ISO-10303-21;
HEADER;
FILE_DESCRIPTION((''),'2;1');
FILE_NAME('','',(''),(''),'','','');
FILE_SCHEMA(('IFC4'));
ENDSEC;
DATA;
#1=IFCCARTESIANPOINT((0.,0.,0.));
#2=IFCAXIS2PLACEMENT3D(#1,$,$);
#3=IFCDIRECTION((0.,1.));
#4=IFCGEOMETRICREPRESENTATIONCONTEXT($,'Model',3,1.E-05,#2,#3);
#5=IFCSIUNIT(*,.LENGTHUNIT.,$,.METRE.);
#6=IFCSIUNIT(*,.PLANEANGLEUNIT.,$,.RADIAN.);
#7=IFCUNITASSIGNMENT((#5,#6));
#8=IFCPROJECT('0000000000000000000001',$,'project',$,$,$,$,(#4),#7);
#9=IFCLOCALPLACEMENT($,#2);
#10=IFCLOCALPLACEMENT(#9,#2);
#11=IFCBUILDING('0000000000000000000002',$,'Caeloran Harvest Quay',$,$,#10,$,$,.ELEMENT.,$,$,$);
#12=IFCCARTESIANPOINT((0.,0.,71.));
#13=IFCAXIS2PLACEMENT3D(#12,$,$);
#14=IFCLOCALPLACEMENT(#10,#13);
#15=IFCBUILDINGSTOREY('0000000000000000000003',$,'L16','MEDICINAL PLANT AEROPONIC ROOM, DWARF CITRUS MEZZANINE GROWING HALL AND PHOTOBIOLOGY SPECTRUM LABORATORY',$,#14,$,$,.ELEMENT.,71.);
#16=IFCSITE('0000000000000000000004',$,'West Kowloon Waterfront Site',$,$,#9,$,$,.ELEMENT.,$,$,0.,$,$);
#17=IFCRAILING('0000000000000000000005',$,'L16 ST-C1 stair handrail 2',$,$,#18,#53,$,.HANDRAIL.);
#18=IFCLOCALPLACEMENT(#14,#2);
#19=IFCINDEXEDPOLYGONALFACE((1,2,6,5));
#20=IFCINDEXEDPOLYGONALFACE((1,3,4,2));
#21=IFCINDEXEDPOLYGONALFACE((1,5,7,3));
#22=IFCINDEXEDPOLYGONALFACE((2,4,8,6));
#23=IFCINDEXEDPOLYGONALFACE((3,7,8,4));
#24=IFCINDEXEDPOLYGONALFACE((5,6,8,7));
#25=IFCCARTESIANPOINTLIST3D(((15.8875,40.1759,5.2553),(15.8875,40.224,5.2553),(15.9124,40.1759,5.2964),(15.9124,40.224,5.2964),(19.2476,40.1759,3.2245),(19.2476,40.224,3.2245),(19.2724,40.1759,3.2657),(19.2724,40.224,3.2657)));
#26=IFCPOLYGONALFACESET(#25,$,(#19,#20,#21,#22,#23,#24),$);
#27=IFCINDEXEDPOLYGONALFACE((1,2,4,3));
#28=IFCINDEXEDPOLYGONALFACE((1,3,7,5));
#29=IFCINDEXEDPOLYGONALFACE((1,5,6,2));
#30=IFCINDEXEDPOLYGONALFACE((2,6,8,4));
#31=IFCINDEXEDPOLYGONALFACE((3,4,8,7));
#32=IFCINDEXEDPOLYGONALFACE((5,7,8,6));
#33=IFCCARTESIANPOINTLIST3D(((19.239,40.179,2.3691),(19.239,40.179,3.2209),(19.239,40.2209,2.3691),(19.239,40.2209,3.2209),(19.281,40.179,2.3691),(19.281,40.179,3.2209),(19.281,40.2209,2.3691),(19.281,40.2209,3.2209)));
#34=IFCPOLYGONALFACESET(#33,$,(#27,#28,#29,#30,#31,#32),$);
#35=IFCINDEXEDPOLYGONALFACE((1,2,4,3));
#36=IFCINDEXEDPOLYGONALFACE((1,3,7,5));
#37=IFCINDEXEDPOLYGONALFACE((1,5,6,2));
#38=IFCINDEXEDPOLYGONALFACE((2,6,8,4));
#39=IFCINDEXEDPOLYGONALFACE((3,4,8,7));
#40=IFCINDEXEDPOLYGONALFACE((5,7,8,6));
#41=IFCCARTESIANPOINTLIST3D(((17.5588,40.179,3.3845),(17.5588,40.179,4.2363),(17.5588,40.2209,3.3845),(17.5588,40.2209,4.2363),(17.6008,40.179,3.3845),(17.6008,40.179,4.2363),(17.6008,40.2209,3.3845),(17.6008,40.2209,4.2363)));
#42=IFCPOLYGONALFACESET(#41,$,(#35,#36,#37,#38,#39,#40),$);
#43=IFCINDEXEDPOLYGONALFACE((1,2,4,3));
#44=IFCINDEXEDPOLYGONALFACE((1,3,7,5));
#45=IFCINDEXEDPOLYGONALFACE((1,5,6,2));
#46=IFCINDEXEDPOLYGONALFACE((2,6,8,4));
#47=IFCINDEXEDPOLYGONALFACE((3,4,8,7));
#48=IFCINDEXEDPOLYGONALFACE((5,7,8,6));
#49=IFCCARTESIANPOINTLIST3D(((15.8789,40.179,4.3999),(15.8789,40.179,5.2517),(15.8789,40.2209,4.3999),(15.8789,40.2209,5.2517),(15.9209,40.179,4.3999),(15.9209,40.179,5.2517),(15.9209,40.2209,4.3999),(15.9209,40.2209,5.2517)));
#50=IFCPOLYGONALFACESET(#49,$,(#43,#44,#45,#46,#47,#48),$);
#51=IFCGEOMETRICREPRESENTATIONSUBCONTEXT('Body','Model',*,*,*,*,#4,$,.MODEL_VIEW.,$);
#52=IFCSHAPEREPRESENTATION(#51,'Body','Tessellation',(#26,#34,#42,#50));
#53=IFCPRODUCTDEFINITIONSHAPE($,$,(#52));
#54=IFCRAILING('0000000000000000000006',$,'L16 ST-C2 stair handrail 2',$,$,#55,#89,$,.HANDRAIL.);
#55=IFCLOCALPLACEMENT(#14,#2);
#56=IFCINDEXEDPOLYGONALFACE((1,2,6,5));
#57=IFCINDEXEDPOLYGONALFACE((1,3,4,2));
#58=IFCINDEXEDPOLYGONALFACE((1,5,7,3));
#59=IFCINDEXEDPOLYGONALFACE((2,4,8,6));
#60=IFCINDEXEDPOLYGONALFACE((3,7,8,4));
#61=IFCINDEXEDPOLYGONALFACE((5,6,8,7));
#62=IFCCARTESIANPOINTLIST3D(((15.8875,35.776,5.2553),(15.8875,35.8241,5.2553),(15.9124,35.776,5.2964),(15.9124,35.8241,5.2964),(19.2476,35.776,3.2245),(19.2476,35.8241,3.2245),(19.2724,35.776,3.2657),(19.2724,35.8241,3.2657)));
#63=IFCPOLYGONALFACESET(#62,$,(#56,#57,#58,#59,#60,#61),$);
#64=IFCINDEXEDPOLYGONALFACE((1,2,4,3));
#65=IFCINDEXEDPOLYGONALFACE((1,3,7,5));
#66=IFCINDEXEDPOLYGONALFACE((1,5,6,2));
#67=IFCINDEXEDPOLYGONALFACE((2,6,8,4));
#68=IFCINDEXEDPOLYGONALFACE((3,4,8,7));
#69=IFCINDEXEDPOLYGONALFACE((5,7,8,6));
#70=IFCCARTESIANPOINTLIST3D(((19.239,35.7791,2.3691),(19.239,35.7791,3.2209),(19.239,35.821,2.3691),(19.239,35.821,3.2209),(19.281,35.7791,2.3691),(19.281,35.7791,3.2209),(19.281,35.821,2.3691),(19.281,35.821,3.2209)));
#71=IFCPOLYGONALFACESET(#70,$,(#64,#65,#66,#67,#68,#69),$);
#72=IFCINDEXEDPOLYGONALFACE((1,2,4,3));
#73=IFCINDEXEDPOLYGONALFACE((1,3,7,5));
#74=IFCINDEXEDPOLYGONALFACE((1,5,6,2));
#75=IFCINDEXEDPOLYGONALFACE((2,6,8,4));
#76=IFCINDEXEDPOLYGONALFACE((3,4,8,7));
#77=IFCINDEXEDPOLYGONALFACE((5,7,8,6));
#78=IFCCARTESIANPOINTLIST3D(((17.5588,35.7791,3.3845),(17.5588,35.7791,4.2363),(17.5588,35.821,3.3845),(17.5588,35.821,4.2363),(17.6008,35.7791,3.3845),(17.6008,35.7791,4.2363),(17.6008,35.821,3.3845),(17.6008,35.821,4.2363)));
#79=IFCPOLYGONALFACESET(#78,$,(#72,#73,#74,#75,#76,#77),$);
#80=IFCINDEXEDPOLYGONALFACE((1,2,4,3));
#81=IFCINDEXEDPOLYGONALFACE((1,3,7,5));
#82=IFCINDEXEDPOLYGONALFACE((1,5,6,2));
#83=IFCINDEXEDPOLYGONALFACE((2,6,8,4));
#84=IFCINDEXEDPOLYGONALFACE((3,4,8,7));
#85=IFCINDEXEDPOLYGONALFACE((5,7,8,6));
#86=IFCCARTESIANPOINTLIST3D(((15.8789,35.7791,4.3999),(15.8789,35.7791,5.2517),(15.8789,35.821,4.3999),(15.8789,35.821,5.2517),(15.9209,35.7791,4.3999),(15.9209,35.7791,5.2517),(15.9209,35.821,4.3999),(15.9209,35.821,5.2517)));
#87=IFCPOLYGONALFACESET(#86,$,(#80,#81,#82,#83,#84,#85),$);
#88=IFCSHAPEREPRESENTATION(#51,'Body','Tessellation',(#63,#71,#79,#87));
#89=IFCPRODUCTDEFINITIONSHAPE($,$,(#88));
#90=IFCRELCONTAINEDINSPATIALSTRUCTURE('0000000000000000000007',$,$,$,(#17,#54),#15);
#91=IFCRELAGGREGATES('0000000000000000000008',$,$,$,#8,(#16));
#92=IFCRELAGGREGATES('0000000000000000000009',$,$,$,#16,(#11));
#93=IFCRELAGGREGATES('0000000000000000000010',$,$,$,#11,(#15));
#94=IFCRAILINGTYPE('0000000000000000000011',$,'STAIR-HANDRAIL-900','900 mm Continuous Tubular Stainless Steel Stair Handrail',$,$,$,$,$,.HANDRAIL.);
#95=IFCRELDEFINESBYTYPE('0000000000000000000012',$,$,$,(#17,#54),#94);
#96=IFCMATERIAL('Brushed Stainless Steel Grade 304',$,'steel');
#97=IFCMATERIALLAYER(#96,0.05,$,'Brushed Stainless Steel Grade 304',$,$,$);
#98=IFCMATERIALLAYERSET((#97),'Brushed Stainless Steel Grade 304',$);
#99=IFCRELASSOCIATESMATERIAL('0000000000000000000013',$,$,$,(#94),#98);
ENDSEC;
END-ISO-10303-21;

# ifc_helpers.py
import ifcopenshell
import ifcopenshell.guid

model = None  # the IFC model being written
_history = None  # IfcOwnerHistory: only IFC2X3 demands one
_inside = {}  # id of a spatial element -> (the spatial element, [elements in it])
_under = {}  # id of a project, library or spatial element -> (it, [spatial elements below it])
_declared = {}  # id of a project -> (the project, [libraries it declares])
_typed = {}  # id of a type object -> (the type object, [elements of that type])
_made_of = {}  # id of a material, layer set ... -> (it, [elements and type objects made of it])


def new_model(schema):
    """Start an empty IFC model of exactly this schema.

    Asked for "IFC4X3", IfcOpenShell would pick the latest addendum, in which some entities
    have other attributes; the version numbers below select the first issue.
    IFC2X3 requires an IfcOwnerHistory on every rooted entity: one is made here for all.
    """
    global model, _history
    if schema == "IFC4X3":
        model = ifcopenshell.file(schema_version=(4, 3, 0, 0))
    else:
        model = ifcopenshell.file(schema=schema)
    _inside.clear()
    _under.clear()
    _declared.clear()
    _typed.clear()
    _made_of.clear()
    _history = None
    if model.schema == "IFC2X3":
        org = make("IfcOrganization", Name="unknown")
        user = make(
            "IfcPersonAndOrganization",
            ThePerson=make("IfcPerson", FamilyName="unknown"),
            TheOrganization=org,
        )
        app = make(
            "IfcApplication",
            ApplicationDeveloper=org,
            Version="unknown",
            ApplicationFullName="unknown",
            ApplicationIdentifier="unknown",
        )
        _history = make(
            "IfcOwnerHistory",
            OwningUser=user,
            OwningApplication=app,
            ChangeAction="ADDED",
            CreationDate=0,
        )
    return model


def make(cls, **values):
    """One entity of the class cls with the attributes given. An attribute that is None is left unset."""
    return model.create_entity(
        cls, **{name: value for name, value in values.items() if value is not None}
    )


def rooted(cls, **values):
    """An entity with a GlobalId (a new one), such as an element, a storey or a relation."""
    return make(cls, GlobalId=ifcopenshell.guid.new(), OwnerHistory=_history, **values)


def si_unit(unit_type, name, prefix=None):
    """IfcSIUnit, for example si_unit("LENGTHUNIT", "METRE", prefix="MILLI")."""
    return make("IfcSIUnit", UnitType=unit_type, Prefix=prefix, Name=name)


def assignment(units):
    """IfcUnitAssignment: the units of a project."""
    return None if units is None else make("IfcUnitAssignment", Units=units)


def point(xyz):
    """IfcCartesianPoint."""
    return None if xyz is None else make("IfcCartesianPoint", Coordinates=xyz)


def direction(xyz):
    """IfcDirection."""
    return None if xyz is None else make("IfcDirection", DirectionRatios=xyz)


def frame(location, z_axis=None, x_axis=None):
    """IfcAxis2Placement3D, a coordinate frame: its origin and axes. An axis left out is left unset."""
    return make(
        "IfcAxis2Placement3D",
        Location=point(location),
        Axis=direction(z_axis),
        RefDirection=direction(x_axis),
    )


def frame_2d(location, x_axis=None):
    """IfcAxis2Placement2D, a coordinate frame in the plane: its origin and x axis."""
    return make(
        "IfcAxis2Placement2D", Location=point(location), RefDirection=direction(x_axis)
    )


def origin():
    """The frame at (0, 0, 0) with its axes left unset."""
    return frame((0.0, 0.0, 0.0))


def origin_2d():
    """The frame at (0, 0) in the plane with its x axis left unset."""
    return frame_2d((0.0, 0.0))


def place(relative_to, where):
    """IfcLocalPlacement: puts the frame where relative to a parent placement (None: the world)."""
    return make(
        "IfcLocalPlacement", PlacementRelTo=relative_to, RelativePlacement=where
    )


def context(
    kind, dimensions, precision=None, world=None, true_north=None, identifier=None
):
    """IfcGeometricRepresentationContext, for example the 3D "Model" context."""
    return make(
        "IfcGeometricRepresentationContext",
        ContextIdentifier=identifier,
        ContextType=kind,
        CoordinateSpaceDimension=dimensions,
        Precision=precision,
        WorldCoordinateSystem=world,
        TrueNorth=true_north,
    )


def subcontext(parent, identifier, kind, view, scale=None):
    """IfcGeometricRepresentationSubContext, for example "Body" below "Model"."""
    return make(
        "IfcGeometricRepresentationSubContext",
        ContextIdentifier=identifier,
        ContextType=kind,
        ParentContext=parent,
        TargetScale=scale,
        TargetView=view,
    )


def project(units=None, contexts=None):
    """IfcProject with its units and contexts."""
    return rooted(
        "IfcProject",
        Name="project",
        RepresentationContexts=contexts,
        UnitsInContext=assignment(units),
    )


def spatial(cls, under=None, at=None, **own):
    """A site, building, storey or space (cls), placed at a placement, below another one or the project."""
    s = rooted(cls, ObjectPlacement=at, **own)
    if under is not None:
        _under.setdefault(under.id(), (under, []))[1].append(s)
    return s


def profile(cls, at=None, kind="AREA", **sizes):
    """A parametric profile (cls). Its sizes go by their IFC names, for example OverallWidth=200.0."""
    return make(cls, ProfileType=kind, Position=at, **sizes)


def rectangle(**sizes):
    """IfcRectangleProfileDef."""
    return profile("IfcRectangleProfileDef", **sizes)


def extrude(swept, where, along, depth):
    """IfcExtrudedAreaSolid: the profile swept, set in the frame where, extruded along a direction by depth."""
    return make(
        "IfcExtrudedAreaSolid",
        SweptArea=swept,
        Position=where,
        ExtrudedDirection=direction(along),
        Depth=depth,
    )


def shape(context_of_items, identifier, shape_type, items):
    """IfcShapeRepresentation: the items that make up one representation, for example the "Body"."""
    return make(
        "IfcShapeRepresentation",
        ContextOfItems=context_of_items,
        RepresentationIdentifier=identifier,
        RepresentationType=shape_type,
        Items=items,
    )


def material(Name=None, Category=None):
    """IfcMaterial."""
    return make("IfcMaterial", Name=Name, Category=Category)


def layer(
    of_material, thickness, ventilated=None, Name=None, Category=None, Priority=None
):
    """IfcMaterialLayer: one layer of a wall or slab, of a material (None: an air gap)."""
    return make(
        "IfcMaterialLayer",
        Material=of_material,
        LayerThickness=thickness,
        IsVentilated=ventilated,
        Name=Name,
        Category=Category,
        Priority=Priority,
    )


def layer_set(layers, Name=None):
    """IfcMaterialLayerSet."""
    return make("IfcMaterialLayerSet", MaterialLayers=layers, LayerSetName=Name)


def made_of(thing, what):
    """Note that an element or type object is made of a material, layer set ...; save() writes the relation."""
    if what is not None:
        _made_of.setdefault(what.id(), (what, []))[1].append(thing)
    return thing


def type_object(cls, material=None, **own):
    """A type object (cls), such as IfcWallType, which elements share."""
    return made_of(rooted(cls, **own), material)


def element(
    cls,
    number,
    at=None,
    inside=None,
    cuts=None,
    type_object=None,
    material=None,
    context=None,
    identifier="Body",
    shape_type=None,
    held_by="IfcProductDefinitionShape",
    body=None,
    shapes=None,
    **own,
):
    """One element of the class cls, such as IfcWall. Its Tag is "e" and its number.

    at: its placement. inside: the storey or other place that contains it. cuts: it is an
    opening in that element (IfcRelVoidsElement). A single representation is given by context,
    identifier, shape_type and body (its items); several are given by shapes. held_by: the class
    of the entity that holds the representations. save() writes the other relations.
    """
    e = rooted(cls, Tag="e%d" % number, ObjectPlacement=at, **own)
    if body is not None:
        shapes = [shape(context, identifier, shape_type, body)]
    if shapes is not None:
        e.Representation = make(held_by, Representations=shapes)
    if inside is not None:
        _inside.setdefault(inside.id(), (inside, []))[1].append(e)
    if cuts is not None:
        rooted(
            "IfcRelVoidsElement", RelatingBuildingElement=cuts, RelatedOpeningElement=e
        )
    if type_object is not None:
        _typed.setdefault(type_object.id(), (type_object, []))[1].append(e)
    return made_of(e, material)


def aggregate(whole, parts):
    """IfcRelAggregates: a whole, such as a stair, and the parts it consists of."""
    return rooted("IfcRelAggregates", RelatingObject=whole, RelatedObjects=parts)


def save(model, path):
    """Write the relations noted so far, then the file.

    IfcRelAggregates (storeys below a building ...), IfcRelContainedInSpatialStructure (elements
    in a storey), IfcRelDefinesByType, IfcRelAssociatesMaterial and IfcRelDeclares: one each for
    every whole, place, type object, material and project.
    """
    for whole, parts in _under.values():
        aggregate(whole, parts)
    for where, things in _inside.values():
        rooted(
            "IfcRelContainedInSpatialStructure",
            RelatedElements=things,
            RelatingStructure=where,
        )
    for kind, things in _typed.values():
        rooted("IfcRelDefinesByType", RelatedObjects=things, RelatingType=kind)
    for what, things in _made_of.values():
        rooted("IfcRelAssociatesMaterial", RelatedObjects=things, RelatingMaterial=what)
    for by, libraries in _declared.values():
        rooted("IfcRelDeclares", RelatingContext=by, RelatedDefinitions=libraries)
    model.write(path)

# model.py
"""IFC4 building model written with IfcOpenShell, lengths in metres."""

from ifc_helpers import new_model, si_unit, direction, frame, origin, origin_2d, place, context, subcontext, project, spatial, rectangle, extrude, material, layer, layer_set, type_object, element, save


model = new_model("IFC4")

# Units and contexts
model_context = context("Model", 3, precision=1e-05, world=origin(), true_north=direction((0.0, 1.0)))
body_context = subcontext(model_context, "Body", "Model", "MODEL_VIEW")
ifc_project = project(units=[si_unit("LENGTHUNIT", "METRE"), si_unit("PLANEANGLEUNIT", "RADIAN")], contexts=[model_context])

# Site, building, storey
site_placement = place(None, origin())
site = spatial("IfcSite", under=ifc_project, at=site_placement, Name="West Kowloon Waterfront Site", CompositionType="ELEMENT", RefElevation=0.0)
building_placement = place(site_placement, origin())
building = spatial("IfcBuilding", under=site, at=building_placement, Name="Caeloran Harvest Quay", CompositionType="ELEMENT")
storey_placement = place(building_placement, frame((0.0, 0.0, 71.0)))
storey = spatial("IfcBuildingStorey", under=building, at=storey_placement, Name="L16", Description="MEDICINAL PLANT AEROPONIC ROOM, DWARF CITRUS MEZZANINE GROWING HALL AND PHOTOBIOLOGY SPECTRUM LABORATORY", CompositionType="ELEMENT", Elevation=71.0)

# Railings
ifc_material_1 = material(Name="Brushed Stainless Steel Grade 304", Category="steel")
ifc_layer_1 = layer(ifc_material_1, 0.05, Name="Brushed Stainless Steel Grade 304")
ifc_layer_set_1 = layer_set([ifc_layer_1], Name="Brushed Stainless Steel Grade 304")
railing_type_1 = type_object("IfcRailingType", Name="STAIR-HANDRAIL-900", Description="900 mm Continuous Tubular Stainless Steel Stair Handrail", PredefinedType="HANDRAIL", material=ifc_layer_set_1)
for number, where, name in (
    (1, (19.26, 40.2, 2.3691), "L16 ST-C1 stair handrail 2"),
    (2, (19.26, 35.8, 2.3691), "L16 ST-C2 stair handrail 2"),
):
    element("IfcRailing", number, at=place(storey_placement, frame(where)), inside=storey, type_object=railing_type_1, Name=name, PredefinedType="HANDRAIL", context=body_context, shape_type="SweptSolid", body=[
        extrude(rectangle(XDim=0.0481, YDim=0.0481, at=origin_2d()), frame((0.0, 0.0, 0.876), z_axis=(-0.855837, 0.0, 0.517246), x_axis=(0.0, -1.0, 0.0)), (0.0, 0.0, 1.0), 3.926),
        extrude(rectangle(XDim=0.042, YDim=0.042, at=origin_2d()), origin(), (0.0, 0.0, 1.0), 0.8518),
        extrude(rectangle(XDim=0.042, YDim=0.042, at=origin_2d()), frame((-1.6802, 0.0, 1.0154)), (0.0, 0.0, 1.0), 0.8518),
        extrude(rectangle(XDim=0.042, YDim=0.042, at=origin_2d()), frame((-3.3601, 0.0, 2.0308)), (0.0, 0.0, 1.0), 0.8518),
    ])

save(model, "model.ifc")
